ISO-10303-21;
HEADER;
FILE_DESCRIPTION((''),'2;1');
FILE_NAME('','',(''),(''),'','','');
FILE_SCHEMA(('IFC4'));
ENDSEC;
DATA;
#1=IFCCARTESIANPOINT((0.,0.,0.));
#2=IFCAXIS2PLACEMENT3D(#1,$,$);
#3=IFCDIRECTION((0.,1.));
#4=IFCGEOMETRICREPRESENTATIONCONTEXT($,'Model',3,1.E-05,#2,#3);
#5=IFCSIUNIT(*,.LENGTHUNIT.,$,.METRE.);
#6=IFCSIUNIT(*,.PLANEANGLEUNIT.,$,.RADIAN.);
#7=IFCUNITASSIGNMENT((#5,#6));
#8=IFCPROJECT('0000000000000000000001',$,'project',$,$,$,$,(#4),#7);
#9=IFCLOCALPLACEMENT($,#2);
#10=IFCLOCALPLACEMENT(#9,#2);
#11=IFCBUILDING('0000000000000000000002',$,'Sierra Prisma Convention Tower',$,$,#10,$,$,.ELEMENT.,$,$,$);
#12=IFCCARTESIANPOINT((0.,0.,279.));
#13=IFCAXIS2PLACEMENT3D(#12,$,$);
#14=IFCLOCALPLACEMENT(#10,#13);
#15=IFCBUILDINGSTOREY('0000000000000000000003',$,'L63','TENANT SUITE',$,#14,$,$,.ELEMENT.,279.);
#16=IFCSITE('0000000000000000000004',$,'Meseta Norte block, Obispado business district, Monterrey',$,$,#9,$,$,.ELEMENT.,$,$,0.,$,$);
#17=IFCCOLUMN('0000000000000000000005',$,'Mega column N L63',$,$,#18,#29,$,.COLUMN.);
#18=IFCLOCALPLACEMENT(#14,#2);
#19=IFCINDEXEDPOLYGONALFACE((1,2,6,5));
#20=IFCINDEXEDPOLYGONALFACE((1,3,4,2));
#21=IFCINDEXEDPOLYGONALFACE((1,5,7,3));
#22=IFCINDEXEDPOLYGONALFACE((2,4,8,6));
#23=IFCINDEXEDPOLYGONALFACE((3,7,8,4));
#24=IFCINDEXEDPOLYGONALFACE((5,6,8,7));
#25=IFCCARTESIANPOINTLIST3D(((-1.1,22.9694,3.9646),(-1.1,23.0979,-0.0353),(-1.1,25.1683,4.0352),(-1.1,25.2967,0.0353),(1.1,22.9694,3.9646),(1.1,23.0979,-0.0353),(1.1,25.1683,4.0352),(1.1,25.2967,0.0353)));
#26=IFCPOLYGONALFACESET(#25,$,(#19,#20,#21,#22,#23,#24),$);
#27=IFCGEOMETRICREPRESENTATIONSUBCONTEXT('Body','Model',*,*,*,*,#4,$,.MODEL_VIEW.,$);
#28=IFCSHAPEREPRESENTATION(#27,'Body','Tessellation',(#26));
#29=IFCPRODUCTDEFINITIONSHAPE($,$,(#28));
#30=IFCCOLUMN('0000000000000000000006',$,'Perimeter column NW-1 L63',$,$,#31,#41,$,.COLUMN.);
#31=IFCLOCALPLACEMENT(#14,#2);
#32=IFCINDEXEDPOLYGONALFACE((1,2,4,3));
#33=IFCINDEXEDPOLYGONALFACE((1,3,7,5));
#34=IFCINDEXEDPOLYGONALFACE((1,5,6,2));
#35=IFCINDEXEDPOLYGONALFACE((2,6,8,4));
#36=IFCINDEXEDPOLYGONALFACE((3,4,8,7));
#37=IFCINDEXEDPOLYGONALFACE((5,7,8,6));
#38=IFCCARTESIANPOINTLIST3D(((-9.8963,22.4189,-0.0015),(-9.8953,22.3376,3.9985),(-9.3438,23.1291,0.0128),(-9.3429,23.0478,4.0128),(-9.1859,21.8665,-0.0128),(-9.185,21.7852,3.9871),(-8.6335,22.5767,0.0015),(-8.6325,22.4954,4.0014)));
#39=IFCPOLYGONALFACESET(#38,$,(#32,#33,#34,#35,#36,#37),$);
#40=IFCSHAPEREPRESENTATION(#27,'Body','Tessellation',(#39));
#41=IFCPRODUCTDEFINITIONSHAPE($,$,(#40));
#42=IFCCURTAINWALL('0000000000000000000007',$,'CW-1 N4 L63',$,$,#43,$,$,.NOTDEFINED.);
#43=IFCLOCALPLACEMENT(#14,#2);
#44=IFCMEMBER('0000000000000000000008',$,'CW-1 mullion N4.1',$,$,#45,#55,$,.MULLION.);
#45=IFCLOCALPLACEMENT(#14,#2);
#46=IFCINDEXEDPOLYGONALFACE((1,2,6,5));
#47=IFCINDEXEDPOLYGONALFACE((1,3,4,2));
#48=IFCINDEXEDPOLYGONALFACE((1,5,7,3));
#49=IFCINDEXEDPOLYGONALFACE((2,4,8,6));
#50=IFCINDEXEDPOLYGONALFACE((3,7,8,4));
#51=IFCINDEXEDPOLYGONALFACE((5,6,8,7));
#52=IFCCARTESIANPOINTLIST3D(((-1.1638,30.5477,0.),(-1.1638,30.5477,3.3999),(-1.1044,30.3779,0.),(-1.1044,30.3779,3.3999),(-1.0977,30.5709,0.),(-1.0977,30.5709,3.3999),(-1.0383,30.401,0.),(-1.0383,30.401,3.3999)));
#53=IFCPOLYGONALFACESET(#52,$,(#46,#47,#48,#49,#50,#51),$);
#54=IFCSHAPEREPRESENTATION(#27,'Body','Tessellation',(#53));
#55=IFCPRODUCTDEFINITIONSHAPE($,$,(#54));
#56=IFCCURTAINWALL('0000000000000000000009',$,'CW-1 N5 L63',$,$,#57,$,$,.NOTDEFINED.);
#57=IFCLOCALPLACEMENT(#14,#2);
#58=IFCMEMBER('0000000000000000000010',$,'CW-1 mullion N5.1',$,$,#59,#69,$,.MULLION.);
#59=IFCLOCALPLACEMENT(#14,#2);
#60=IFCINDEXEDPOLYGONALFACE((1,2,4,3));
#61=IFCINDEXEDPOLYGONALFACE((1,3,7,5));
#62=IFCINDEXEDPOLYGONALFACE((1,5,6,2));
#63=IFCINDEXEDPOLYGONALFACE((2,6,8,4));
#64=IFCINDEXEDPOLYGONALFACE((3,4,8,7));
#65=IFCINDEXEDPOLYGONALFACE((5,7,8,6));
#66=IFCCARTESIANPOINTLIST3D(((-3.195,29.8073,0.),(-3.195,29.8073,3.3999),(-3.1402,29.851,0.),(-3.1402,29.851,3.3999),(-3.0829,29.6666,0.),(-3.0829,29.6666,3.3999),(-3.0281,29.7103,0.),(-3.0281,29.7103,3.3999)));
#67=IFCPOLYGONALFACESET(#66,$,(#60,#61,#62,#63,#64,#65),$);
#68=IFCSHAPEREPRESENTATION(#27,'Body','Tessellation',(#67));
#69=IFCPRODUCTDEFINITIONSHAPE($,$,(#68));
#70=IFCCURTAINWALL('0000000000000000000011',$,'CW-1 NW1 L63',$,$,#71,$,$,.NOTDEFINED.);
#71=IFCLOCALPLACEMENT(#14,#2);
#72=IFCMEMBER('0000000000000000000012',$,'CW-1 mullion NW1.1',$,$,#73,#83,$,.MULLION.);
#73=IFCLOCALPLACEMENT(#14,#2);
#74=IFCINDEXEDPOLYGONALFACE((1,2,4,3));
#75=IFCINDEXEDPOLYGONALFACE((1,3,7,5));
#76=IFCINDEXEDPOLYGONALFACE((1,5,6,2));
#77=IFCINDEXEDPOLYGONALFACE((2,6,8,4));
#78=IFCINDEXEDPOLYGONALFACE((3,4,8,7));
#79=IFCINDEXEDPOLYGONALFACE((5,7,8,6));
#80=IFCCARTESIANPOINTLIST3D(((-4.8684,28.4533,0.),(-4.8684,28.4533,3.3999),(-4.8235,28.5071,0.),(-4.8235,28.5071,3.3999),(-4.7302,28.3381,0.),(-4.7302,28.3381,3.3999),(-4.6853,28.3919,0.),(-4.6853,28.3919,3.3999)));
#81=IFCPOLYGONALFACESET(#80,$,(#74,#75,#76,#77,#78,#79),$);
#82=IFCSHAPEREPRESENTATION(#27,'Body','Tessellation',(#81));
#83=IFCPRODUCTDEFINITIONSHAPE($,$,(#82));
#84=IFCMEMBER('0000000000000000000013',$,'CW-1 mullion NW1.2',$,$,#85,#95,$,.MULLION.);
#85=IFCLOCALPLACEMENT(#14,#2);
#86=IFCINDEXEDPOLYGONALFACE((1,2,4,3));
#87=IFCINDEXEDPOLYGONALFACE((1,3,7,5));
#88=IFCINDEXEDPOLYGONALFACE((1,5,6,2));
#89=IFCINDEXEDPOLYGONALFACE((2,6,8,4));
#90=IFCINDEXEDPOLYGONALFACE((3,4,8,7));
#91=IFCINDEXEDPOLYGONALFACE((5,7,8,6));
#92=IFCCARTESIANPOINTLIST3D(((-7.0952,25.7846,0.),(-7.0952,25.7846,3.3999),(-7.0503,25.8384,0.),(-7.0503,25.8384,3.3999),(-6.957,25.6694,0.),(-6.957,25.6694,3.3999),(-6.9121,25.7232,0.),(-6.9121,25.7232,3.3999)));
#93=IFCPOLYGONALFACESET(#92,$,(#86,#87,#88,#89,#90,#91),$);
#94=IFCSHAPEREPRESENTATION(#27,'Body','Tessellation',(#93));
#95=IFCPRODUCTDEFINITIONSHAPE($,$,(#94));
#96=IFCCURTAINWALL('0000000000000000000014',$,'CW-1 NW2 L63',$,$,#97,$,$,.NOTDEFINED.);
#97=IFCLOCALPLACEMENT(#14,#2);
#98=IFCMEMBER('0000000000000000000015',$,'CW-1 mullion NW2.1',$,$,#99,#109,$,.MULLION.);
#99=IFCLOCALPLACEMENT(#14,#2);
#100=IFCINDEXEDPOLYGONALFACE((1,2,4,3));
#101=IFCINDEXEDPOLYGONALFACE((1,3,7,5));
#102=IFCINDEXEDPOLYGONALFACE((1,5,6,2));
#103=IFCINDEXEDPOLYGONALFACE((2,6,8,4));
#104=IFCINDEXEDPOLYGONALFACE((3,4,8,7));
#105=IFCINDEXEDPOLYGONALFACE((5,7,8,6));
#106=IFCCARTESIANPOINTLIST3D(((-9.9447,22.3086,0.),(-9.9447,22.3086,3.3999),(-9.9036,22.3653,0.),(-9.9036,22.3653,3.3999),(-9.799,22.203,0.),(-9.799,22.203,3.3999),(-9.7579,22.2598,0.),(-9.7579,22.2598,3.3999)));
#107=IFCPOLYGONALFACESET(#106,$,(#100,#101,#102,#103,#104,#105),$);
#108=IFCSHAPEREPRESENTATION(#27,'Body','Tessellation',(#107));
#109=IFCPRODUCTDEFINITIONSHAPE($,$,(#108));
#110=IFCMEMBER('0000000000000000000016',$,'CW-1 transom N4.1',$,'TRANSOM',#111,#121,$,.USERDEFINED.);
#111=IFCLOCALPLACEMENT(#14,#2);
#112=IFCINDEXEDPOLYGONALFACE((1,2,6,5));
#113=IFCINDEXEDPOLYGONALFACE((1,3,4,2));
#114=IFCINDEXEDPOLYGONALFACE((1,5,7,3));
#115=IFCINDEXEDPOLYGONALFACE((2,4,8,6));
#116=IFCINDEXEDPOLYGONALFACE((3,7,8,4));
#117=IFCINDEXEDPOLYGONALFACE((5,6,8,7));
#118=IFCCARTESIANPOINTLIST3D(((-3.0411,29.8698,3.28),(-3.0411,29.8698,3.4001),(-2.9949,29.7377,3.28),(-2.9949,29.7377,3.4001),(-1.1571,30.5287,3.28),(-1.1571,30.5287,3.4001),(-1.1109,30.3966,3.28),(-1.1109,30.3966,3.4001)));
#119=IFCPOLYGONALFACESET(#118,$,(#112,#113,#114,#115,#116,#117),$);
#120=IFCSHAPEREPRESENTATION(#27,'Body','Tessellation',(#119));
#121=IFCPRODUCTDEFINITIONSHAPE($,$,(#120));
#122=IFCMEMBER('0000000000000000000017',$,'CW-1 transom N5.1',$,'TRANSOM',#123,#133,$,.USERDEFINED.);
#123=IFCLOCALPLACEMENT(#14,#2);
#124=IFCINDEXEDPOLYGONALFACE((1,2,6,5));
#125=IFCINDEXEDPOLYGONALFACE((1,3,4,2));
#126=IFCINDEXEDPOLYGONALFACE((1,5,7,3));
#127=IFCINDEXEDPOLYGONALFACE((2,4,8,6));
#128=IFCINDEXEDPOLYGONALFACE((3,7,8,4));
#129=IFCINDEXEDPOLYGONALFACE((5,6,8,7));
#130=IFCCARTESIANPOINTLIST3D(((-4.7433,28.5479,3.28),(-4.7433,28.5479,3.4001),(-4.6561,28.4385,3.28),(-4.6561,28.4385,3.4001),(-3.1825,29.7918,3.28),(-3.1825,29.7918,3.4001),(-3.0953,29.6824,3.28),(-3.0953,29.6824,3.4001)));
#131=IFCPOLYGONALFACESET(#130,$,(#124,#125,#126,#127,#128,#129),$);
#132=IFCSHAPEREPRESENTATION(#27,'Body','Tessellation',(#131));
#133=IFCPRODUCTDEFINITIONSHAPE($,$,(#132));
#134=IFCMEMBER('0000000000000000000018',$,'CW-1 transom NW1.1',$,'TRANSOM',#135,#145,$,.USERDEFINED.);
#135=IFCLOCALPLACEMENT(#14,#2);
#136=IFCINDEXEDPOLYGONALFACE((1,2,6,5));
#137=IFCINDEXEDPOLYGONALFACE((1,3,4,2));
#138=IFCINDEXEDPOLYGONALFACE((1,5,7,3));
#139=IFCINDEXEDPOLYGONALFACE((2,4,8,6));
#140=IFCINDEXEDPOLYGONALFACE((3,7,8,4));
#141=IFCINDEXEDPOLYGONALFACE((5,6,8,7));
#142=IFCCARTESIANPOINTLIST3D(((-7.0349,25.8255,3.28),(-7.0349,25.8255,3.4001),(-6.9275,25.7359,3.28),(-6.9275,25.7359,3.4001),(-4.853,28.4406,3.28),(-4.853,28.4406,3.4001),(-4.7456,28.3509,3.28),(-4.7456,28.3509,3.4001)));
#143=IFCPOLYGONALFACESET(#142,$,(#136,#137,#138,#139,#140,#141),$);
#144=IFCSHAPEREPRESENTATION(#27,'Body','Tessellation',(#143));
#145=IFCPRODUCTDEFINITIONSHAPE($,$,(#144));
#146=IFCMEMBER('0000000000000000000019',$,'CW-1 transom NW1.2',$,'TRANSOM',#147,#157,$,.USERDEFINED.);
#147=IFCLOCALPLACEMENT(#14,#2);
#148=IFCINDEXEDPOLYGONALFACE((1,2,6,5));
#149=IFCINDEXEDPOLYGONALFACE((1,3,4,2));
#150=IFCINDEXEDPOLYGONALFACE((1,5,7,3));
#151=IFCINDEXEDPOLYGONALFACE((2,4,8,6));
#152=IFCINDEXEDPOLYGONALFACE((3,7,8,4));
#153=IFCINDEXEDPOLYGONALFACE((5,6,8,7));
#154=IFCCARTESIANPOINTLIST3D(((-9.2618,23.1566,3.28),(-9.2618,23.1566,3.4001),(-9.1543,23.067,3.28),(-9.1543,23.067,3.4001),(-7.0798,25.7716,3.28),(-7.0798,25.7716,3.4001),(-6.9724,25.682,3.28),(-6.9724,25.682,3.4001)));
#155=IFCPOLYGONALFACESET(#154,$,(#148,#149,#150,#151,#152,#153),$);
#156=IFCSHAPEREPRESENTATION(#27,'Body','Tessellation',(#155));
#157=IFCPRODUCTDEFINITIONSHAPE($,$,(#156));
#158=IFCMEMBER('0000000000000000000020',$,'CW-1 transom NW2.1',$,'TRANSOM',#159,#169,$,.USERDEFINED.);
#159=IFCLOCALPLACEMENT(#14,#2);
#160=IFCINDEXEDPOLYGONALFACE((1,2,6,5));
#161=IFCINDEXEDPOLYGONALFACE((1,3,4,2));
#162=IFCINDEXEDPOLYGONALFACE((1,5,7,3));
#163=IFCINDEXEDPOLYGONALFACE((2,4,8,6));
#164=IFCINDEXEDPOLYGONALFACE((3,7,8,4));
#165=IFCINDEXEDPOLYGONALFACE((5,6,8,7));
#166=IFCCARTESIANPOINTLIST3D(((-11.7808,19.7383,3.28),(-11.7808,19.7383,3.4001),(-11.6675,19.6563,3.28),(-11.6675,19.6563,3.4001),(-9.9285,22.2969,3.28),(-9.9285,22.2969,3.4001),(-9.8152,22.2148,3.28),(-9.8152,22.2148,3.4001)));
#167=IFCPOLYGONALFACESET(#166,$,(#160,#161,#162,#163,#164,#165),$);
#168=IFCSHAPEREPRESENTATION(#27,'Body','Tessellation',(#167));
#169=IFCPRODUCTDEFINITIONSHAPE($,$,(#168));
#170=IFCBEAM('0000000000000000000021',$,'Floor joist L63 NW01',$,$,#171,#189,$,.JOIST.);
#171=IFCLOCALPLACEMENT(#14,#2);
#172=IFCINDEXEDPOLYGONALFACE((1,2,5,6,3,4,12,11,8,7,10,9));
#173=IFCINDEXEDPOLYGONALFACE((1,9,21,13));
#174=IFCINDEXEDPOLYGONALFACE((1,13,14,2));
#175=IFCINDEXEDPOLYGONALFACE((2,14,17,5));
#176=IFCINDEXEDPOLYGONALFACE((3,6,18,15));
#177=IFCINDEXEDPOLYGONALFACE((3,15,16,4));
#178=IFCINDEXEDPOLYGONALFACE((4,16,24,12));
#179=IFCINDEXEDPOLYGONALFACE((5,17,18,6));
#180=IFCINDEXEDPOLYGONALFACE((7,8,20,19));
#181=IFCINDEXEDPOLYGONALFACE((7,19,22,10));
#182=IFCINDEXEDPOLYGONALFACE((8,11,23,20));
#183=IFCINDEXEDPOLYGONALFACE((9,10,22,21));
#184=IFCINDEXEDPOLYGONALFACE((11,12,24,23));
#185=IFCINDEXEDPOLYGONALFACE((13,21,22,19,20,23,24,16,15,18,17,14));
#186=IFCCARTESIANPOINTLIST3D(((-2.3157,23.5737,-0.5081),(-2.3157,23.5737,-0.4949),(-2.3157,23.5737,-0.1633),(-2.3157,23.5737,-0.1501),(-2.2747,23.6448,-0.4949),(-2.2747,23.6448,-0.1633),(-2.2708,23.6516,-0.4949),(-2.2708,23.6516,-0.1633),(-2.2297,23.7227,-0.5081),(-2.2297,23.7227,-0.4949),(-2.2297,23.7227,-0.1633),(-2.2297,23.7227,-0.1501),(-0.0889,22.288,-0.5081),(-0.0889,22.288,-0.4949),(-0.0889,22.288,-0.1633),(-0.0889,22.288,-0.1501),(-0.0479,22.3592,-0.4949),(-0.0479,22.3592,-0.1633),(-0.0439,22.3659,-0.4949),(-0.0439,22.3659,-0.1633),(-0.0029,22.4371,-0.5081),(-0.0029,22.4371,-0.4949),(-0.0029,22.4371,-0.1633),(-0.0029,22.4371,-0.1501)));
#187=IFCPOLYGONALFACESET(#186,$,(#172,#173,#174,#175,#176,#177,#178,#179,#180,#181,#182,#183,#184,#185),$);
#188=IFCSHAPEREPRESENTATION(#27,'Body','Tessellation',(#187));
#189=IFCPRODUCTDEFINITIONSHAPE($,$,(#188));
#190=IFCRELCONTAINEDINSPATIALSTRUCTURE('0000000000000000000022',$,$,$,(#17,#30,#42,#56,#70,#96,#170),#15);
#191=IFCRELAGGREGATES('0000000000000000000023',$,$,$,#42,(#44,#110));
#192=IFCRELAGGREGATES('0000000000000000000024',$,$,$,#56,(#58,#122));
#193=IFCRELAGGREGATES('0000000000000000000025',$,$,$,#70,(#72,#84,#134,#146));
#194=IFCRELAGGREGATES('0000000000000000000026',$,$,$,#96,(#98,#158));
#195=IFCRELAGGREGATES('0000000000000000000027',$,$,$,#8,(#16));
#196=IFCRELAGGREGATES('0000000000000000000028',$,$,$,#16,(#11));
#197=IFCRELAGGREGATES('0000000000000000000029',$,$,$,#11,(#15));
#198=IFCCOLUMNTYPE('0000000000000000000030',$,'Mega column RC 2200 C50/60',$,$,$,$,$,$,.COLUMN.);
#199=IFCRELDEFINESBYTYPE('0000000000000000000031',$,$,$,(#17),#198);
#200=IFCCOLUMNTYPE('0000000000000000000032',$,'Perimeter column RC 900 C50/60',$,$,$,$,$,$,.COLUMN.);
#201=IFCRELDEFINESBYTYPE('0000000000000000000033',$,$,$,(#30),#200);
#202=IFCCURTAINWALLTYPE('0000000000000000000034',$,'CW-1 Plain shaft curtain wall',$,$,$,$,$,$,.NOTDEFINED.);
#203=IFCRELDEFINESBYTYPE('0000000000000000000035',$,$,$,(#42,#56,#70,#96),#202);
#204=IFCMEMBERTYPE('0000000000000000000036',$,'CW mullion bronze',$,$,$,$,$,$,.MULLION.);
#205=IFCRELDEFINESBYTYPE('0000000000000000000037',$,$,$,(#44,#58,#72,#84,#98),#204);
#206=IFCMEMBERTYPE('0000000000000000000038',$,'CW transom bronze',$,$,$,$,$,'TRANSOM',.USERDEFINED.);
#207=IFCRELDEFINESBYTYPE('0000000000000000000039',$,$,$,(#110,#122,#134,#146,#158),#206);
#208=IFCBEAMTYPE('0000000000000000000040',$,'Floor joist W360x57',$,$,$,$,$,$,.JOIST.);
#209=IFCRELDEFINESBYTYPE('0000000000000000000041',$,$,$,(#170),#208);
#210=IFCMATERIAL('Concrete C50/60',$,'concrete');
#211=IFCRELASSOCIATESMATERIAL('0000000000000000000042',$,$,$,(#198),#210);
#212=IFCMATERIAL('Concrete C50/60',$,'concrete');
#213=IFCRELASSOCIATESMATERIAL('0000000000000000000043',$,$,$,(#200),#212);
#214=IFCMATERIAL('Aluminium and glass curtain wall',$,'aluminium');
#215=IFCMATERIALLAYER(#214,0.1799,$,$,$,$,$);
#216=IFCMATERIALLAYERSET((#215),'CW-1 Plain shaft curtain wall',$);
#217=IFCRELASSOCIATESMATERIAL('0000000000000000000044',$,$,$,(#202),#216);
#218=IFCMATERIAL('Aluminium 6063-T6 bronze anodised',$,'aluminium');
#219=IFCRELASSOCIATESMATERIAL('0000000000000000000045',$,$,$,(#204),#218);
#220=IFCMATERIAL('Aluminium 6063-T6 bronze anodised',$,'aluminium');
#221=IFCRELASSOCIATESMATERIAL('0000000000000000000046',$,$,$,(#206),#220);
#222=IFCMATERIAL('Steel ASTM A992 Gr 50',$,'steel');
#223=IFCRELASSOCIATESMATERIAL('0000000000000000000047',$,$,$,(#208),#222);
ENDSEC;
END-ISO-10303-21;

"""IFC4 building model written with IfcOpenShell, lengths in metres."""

from ifc_helpers import new_model, si_unit, direction, frame, origin, origin_2d, place, context, subcontext, project, spatial, rectangle, i_section, extrude, material, layer, layer_set, material_profile, profile_set, type_object, element, aggregate, save


model = new_model("IFC4")

# Units and contexts
model_context = context("Model", 3, precision=1e-05, world=origin(), true_north=direction((0.0, 1.0)))
body_context = subcontext(model_context, "Body", "Model", "MODEL_VIEW")
ifc_project = project(units=[si_unit("LENGTHUNIT", "METRE"), si_unit("PLANEANGLEUNIT", "RADIAN")], contexts=[model_context])

# Site, building, storey
site_placement = place(None, origin())
site = spatial("IfcSite", under=ifc_project, at=site_placement, Name="Meseta Norte block, Obispado business district, Monterrey", CompositionType="ELEMENT", RefElevation=0.0)
building_placement = place(site_placement, origin())
building = spatial("IfcBuilding", under=site, at=building_placement, Name="Sierra Prisma Convention Tower", CompositionType="ELEMENT")
storey_placement = place(building_placement, frame((0.0, 0.0, 279.0)))
storey = spatial("IfcBuildingStorey", under=building, at=storey_placement, Name="L63", Description="TENANT SUITE", CompositionType="ELEMENT", Elevation=279.0)

# Columns
ifc_material_1 = material(Name="Concrete C50/60", Category="concrete")
ifc_material_profile_1 = material_profile(ifc_material_1, rectangle(XDim=2.2, YDim=2.2, at=origin_2d()), Name="Mega column RC 2200 C50/60")
ifc_profile_set_1 = profile_set([ifc_material_profile_1], Name="Concrete C50/60")
column_type_1 = type_object("IfcColumnType", Name="Mega column RC 2200 C50/60", PredefinedType="COLUMN", material=ifc_profile_set_1)
column_1_placement = place(storey_placement, frame((0.0, 24.1973, 0.0), z_axis=(0.0, -0.032088, 0.999485), x_axis=(1.0, 0.0, 0.0)))
element("IfcColumn", 1, at=column_1_placement, inside=storey, type_object=column_type_1, Name="Mega column N L63", PredefinedType="COLUMN", context=body_context, shape_type="SweptSolid", body=[
    extrude(rectangle(XDim=2.2, YDim=2.2, at=origin_2d()), origin(), (0.0, 0.0, 1.0), 4.002),
])
ifc_material_2 = material(Name="Concrete C50/60", Category="concrete")
ifc_material_profile_2 = material_profile(ifc_material_2, rectangle(XDim=0.8999, YDim=0.8999, at=origin_2d()), Name="Perimeter column RC 900 C50/60")
ifc_profile_set_2 = profile_set([ifc_material_profile_2], Name="Concrete C50/60")
column_type_2 = type_object("IfcColumnType", Name="Perimeter column RC 900 C50/60", PredefinedType="COLUMN", material=ifc_profile_set_2)
column_2_placement = place(storey_placement, frame((-9.2649, 22.4978, 0.0), z_axis=(0.000244, -0.020321, 0.999793), x_axis=(0.613902, 0.789222, 0.015891)))
element("IfcColumn", 2, at=column_2_placement, inside=storey, type_object=column_type_2, Name="Perimeter column NW-1 L63", PredefinedType="COLUMN", context=body_context, shape_type="SweptSolid", body=[
    extrude(rectangle(XDim=0.8999, YDim=0.8999, at=origin_2d()), origin(), (0.0, 0.0, 1.0), 4.0007),
])

# Curtain walls, members
ifc_material_3 = material(Name="Aluminium and glass curtain wall", Category="aluminium")
ifc_layer_1 = layer(ifc_material_3, 0.1799)
ifc_layer_set_1 = layer_set([ifc_layer_1], Name="CW-1 Plain shaft curtain wall")
curtain_wall_type = type_object("IfcCurtainWallType", Name="CW-1 Plain shaft curtain wall", PredefinedType="NOTDEFINED", material=ifc_layer_set_1)
curtain_wall_1_placement = place(storey_placement, origin())
curtain_wall_1 = element("IfcCurtainWall", 3, at=curtain_wall_1_placement, inside=storey, type_object=curtain_wall_type, Name="CW-1 N4 L63", PredefinedType="NOTDEFINED")
ifc_material_4 = material(Name="Aluminium 6063-T6 bronze anodised", Category="aluminium")
ifc_material_profile_3 = material_profile(ifc_material_4, rectangle(XDim=0.1799, YDim=0.0701, at=origin_2d()), Name="ALU MULLION 70x180")
ifc_profile_set_3 = profile_set([ifc_material_profile_3], Name="Aluminium 6063-T6 bronze anodised")
member_type_1 = type_object("IfcMemberType", Name="CW mullion bronze", PredefinedType="MULLION", material=ifc_profile_set_3)
member_1_placement = place(storey_placement, frame((-1.1011, 30.4744, 0.0), z_axis=(0.0, 0.0, 1.0), x_axis=(0.33013, -0.943935, 0.0)))
member_1 = element("IfcMember", 4, at=member_1_placement, type_object=member_type_1, Name="CW-1 mullion N4.1", PredefinedType="MULLION", context=body_context, shape_type="SweptSolid", body=[
    extrude(rectangle(XDim=0.1799, YDim=0.0701, at=origin_2d()), origin(), (0.0, 0.0, 1.0), 3.3999),
])
curtain_wall_2_placement = place(storey_placement, origin())
curtain_wall_2 = element("IfcCurtainWall", 5, at=curtain_wall_2_placement, inside=storey, type_object=curtain_wall_type, Name="CW-1 N5 L63", PredefinedType="NOTDEFINED")
member_2_placement = place(storey_placement, frame((-3.1116, 29.7588, 0.0), z_axis=(0.0, 0.0, 1.0), x_axis=(0.623243, -0.782028, 0.0)))
member_2 = element("IfcMember", 6, at=member_2_placement, type_object=member_type_1, Name="CW-1 mullion N5.1", PredefinedType="MULLION", context=body_context, shape_type="SweptSolid", body=[
    extrude(rectangle(XDim=0.1799, YDim=0.0701, at=origin_2d()), origin(), (0.0, 0.0, 1.0), 3.3999),
])

# Curtain wall, members
curtain_wall_3_placement = place(storey_placement, origin())
curtain_wall_3 = element("IfcCurtainWall", 7, at=curtain_wall_3_placement, inside=storey, type_object=curtain_wall_type, Name="CW-1 NW1 L63", PredefinedType="NOTDEFINED")
member_3_placement = place(storey_placement, frame((-4.7769, 28.4226, 0.0), z_axis=(0.0, 0.0, 1.0), x_axis=(0.767834, -0.640649, 0.0)))
member_3 = element("IfcMember", 8, at=member_3_placement, type_object=member_type_1, Name="CW-1 mullion NW1.1", PredefinedType="MULLION", context=body_context, shape_type="SweptSolid", body=[
    extrude(rectangle(XDim=0.1799, YDim=0.0701, at=origin_2d()), origin(), (0.0, 0.0, 1.0), 3.3999),
])
member_4_placement = place(storey_placement, frame((-7.0037, 25.7539, 0.0), z_axis=(0.0, 0.0, 1.0), x_axis=(0.767834, -0.640649, 0.0)))
member_4 = element("IfcMember", 9, at=member_4_placement, type_object=member_type_1, Name="CW-1 mullion NW1.2", PredefinedType="MULLION", context=body_context, shape_type="SweptSolid", body=[
    extrude(rectangle(XDim=0.1799, YDim=0.0701, at=origin_2d()), origin(), (0.0, 0.0, 1.0), 3.3999),
])

# Curtain wall, member
curtain_wall_4_placement = place(storey_placement, origin())
curtain_wall_4 = element("IfcCurtainWall", 10, at=curtain_wall_4_placement, inside=storey, type_object=curtain_wall_type, Name="CW-1 NW2 L63", PredefinedType="NOTDEFINED")
member_5_placement = place(storey_placement, frame((-9.8513, 22.2842, 0.0), z_axis=(0.0, 0.0, 1.0), x_axis=(0.809999, -0.586431, 0.0)))
member_5 = element("IfcMember", 11, at=member_5_placement, type_object=member_type_1, Name="CW-1 mullion NW2.1", PredefinedType="MULLION", context=body_context, shape_type="SweptSolid", body=[
    extrude(rectangle(XDim=0.1799, YDim=0.0701, at=origin_2d()), origin(), (0.0, 0.0, 1.0), 3.3999),
])

# Members
ifc_material_5 = material(Name="Aluminium 6063-T6 bronze anodised", Category="aluminium")
ifc_material_profile_4 = material_profile(ifc_material_5, rectangle(XDim=0.1399, YDim=0.1201, at=origin_2d()), Name="ALU TRANSOM 120x140")
ifc_profile_set_4 = profile_set([ifc_material_profile_4], Name="Aluminium 6063-T6 bronze anodised")
member_type_2 = type_object("IfcMemberType", Name="CW transom bronze", ElementType="TRANSOM", PredefinedType="USERDEFINED", material=ifc_profile_set_4)
member_6_placement = place(storey_placement, frame((-1.134, 30.4626, 3.3401), z_axis=(-0.943933, -0.330138, 0.0), x_axis=(0.330138, -0.943933, 0.0)))
member_6 = element("IfcMember", 12, at=member_6_placement, type_object=member_type_2, Name="CW-1 transom N4.1", ObjectType="TRANSOM", PredefinedType="USERDEFINED", context=body_context, shape_type="SweptSolid", body=[
    extrude(rectangle(XDim=0.1399, YDim=0.1201, at=origin_2d()), origin(), (0.0, 0.0, 1.0), 1.9958),
])
member_7_placement = place(storey_placement, frame((-3.1389, 29.7371, 3.3401), z_axis=(-0.782025, -0.623247, 0.0), x_axis=(0.623247, -0.782025, 0.0)))
member_7 = element("IfcMember", 13, at=member_7_placement, type_object=member_type_2, Name="CW-1 transom N5.1", ObjectType="TRANSOM", PredefinedType="USERDEFINED", context=body_context, shape_type="SweptSolid", body=[
    extrude(rectangle(XDim=0.1399, YDim=0.1201, at=origin_2d()), origin(), (0.0, 0.0, 1.0), 1.9958),
])
member_8_placement = place(storey_placement, frame((-4.7993, 28.3958, 3.3401), z_axis=(-0.640657, -0.767827, 0.0), x_axis=(0.767827, -0.640657, 0.0)))
member_8 = element("IfcMember", 14, at=member_8_placement, type_object=member_type_2, Name="CW-1 transom NW1.1", ObjectType="TRANSOM", PredefinedType="USERDEFINED", context=body_context, shape_type="SweptSolid", body=[
    extrude(rectangle(XDim=0.1399, YDim=0.1201, at=origin_2d()), origin(), (0.0, 0.0, 1.0), 3.4058),
])
member_9_placement = place(storey_placement, frame((-7.0261, 25.7268, 3.3401), z_axis=(-0.640657, -0.767827, 0.0), x_axis=(0.767827, -0.640657, 0.0)))
member_9 = element("IfcMember", 15, at=member_9_placement, type_object=member_type_2, Name="CW-1 transom NW1.2", ObjectType="TRANSOM", PredefinedType="USERDEFINED", context=body_context, shape_type="SweptSolid", body=[
    extrude(rectangle(XDim=0.1399, YDim=0.1201, at=origin_2d()), origin(), (0.0, 0.0, 1.0), 3.4058),
])
member_10_placement = place(storey_placement, frame((-9.8718, 22.2559, 3.3401), z_axis=(-0.58641, -0.810014, 0.0), x_axis=(0.810014, -0.58641, 0.0)))
member_10 = element("IfcMember", 16, at=member_10_placement, type_object=member_type_2, Name="CW-1 transom NW2.1", ObjectType="TRANSOM", PredefinedType="USERDEFINED", context=body_context, shape_type="SweptSolid", body=[
    extrude(rectangle(XDim=0.1399, YDim=0.1201, at=origin_2d()), origin(), (0.0, 0.0, 1.0), 3.1587),
])

# Beam
ifc_material_6 = material(Name="Steel ASTM A992 Gr 50", Category="steel")
ifc_material_profile_5 = material_profile(ifc_material_6, i_section(OverallWidth=0.1721, OverallDepth=0.3579, WebThickness=0.0078, FlangeThickness=0.0132, at=origin_2d()), Name="W360x57")
ifc_profile_set_5 = profile_set([ifc_material_profile_5], Name="Steel ASTM A992 Gr 50")
beam_type_1 = type_object("IfcBeamType", Name="Floor joist W360x57", PredefinedType="JOIST", material=ifc_profile_set_5)
beam_1_placement = place(storey_placement, frame((-2.2727, 23.6482, -0.3291), z_axis=(0.866026, -0.499999, 0.0), x_axis=(0.499999, 0.866026, 0.0)))
element("IfcBeam", 17, at=beam_1_placement, inside=storey, type_object=beam_type_1, Name="Floor joist L63 NW01", PredefinedType="JOIST", context=body_context, shape_type="SweptSolid", body=[
    extrude(i_section(OverallWidth=0.1721, OverallDepth=0.3579, WebThickness=0.0078, FlangeThickness=0.0132, at=origin_2d()), origin(), (0.0, 0.0, 1.0), 2.5713),
])

aggregate(curtain_wall_1, [member_1, member_6])
aggregate(curtain_wall_2, [member_2, member_7])
aggregate(curtain_wall_3, [member_3, member_4, member_8, member_9])
aggregate(curtain_wall_4, [member_5, member_10])

save(model, "model.ifc")
